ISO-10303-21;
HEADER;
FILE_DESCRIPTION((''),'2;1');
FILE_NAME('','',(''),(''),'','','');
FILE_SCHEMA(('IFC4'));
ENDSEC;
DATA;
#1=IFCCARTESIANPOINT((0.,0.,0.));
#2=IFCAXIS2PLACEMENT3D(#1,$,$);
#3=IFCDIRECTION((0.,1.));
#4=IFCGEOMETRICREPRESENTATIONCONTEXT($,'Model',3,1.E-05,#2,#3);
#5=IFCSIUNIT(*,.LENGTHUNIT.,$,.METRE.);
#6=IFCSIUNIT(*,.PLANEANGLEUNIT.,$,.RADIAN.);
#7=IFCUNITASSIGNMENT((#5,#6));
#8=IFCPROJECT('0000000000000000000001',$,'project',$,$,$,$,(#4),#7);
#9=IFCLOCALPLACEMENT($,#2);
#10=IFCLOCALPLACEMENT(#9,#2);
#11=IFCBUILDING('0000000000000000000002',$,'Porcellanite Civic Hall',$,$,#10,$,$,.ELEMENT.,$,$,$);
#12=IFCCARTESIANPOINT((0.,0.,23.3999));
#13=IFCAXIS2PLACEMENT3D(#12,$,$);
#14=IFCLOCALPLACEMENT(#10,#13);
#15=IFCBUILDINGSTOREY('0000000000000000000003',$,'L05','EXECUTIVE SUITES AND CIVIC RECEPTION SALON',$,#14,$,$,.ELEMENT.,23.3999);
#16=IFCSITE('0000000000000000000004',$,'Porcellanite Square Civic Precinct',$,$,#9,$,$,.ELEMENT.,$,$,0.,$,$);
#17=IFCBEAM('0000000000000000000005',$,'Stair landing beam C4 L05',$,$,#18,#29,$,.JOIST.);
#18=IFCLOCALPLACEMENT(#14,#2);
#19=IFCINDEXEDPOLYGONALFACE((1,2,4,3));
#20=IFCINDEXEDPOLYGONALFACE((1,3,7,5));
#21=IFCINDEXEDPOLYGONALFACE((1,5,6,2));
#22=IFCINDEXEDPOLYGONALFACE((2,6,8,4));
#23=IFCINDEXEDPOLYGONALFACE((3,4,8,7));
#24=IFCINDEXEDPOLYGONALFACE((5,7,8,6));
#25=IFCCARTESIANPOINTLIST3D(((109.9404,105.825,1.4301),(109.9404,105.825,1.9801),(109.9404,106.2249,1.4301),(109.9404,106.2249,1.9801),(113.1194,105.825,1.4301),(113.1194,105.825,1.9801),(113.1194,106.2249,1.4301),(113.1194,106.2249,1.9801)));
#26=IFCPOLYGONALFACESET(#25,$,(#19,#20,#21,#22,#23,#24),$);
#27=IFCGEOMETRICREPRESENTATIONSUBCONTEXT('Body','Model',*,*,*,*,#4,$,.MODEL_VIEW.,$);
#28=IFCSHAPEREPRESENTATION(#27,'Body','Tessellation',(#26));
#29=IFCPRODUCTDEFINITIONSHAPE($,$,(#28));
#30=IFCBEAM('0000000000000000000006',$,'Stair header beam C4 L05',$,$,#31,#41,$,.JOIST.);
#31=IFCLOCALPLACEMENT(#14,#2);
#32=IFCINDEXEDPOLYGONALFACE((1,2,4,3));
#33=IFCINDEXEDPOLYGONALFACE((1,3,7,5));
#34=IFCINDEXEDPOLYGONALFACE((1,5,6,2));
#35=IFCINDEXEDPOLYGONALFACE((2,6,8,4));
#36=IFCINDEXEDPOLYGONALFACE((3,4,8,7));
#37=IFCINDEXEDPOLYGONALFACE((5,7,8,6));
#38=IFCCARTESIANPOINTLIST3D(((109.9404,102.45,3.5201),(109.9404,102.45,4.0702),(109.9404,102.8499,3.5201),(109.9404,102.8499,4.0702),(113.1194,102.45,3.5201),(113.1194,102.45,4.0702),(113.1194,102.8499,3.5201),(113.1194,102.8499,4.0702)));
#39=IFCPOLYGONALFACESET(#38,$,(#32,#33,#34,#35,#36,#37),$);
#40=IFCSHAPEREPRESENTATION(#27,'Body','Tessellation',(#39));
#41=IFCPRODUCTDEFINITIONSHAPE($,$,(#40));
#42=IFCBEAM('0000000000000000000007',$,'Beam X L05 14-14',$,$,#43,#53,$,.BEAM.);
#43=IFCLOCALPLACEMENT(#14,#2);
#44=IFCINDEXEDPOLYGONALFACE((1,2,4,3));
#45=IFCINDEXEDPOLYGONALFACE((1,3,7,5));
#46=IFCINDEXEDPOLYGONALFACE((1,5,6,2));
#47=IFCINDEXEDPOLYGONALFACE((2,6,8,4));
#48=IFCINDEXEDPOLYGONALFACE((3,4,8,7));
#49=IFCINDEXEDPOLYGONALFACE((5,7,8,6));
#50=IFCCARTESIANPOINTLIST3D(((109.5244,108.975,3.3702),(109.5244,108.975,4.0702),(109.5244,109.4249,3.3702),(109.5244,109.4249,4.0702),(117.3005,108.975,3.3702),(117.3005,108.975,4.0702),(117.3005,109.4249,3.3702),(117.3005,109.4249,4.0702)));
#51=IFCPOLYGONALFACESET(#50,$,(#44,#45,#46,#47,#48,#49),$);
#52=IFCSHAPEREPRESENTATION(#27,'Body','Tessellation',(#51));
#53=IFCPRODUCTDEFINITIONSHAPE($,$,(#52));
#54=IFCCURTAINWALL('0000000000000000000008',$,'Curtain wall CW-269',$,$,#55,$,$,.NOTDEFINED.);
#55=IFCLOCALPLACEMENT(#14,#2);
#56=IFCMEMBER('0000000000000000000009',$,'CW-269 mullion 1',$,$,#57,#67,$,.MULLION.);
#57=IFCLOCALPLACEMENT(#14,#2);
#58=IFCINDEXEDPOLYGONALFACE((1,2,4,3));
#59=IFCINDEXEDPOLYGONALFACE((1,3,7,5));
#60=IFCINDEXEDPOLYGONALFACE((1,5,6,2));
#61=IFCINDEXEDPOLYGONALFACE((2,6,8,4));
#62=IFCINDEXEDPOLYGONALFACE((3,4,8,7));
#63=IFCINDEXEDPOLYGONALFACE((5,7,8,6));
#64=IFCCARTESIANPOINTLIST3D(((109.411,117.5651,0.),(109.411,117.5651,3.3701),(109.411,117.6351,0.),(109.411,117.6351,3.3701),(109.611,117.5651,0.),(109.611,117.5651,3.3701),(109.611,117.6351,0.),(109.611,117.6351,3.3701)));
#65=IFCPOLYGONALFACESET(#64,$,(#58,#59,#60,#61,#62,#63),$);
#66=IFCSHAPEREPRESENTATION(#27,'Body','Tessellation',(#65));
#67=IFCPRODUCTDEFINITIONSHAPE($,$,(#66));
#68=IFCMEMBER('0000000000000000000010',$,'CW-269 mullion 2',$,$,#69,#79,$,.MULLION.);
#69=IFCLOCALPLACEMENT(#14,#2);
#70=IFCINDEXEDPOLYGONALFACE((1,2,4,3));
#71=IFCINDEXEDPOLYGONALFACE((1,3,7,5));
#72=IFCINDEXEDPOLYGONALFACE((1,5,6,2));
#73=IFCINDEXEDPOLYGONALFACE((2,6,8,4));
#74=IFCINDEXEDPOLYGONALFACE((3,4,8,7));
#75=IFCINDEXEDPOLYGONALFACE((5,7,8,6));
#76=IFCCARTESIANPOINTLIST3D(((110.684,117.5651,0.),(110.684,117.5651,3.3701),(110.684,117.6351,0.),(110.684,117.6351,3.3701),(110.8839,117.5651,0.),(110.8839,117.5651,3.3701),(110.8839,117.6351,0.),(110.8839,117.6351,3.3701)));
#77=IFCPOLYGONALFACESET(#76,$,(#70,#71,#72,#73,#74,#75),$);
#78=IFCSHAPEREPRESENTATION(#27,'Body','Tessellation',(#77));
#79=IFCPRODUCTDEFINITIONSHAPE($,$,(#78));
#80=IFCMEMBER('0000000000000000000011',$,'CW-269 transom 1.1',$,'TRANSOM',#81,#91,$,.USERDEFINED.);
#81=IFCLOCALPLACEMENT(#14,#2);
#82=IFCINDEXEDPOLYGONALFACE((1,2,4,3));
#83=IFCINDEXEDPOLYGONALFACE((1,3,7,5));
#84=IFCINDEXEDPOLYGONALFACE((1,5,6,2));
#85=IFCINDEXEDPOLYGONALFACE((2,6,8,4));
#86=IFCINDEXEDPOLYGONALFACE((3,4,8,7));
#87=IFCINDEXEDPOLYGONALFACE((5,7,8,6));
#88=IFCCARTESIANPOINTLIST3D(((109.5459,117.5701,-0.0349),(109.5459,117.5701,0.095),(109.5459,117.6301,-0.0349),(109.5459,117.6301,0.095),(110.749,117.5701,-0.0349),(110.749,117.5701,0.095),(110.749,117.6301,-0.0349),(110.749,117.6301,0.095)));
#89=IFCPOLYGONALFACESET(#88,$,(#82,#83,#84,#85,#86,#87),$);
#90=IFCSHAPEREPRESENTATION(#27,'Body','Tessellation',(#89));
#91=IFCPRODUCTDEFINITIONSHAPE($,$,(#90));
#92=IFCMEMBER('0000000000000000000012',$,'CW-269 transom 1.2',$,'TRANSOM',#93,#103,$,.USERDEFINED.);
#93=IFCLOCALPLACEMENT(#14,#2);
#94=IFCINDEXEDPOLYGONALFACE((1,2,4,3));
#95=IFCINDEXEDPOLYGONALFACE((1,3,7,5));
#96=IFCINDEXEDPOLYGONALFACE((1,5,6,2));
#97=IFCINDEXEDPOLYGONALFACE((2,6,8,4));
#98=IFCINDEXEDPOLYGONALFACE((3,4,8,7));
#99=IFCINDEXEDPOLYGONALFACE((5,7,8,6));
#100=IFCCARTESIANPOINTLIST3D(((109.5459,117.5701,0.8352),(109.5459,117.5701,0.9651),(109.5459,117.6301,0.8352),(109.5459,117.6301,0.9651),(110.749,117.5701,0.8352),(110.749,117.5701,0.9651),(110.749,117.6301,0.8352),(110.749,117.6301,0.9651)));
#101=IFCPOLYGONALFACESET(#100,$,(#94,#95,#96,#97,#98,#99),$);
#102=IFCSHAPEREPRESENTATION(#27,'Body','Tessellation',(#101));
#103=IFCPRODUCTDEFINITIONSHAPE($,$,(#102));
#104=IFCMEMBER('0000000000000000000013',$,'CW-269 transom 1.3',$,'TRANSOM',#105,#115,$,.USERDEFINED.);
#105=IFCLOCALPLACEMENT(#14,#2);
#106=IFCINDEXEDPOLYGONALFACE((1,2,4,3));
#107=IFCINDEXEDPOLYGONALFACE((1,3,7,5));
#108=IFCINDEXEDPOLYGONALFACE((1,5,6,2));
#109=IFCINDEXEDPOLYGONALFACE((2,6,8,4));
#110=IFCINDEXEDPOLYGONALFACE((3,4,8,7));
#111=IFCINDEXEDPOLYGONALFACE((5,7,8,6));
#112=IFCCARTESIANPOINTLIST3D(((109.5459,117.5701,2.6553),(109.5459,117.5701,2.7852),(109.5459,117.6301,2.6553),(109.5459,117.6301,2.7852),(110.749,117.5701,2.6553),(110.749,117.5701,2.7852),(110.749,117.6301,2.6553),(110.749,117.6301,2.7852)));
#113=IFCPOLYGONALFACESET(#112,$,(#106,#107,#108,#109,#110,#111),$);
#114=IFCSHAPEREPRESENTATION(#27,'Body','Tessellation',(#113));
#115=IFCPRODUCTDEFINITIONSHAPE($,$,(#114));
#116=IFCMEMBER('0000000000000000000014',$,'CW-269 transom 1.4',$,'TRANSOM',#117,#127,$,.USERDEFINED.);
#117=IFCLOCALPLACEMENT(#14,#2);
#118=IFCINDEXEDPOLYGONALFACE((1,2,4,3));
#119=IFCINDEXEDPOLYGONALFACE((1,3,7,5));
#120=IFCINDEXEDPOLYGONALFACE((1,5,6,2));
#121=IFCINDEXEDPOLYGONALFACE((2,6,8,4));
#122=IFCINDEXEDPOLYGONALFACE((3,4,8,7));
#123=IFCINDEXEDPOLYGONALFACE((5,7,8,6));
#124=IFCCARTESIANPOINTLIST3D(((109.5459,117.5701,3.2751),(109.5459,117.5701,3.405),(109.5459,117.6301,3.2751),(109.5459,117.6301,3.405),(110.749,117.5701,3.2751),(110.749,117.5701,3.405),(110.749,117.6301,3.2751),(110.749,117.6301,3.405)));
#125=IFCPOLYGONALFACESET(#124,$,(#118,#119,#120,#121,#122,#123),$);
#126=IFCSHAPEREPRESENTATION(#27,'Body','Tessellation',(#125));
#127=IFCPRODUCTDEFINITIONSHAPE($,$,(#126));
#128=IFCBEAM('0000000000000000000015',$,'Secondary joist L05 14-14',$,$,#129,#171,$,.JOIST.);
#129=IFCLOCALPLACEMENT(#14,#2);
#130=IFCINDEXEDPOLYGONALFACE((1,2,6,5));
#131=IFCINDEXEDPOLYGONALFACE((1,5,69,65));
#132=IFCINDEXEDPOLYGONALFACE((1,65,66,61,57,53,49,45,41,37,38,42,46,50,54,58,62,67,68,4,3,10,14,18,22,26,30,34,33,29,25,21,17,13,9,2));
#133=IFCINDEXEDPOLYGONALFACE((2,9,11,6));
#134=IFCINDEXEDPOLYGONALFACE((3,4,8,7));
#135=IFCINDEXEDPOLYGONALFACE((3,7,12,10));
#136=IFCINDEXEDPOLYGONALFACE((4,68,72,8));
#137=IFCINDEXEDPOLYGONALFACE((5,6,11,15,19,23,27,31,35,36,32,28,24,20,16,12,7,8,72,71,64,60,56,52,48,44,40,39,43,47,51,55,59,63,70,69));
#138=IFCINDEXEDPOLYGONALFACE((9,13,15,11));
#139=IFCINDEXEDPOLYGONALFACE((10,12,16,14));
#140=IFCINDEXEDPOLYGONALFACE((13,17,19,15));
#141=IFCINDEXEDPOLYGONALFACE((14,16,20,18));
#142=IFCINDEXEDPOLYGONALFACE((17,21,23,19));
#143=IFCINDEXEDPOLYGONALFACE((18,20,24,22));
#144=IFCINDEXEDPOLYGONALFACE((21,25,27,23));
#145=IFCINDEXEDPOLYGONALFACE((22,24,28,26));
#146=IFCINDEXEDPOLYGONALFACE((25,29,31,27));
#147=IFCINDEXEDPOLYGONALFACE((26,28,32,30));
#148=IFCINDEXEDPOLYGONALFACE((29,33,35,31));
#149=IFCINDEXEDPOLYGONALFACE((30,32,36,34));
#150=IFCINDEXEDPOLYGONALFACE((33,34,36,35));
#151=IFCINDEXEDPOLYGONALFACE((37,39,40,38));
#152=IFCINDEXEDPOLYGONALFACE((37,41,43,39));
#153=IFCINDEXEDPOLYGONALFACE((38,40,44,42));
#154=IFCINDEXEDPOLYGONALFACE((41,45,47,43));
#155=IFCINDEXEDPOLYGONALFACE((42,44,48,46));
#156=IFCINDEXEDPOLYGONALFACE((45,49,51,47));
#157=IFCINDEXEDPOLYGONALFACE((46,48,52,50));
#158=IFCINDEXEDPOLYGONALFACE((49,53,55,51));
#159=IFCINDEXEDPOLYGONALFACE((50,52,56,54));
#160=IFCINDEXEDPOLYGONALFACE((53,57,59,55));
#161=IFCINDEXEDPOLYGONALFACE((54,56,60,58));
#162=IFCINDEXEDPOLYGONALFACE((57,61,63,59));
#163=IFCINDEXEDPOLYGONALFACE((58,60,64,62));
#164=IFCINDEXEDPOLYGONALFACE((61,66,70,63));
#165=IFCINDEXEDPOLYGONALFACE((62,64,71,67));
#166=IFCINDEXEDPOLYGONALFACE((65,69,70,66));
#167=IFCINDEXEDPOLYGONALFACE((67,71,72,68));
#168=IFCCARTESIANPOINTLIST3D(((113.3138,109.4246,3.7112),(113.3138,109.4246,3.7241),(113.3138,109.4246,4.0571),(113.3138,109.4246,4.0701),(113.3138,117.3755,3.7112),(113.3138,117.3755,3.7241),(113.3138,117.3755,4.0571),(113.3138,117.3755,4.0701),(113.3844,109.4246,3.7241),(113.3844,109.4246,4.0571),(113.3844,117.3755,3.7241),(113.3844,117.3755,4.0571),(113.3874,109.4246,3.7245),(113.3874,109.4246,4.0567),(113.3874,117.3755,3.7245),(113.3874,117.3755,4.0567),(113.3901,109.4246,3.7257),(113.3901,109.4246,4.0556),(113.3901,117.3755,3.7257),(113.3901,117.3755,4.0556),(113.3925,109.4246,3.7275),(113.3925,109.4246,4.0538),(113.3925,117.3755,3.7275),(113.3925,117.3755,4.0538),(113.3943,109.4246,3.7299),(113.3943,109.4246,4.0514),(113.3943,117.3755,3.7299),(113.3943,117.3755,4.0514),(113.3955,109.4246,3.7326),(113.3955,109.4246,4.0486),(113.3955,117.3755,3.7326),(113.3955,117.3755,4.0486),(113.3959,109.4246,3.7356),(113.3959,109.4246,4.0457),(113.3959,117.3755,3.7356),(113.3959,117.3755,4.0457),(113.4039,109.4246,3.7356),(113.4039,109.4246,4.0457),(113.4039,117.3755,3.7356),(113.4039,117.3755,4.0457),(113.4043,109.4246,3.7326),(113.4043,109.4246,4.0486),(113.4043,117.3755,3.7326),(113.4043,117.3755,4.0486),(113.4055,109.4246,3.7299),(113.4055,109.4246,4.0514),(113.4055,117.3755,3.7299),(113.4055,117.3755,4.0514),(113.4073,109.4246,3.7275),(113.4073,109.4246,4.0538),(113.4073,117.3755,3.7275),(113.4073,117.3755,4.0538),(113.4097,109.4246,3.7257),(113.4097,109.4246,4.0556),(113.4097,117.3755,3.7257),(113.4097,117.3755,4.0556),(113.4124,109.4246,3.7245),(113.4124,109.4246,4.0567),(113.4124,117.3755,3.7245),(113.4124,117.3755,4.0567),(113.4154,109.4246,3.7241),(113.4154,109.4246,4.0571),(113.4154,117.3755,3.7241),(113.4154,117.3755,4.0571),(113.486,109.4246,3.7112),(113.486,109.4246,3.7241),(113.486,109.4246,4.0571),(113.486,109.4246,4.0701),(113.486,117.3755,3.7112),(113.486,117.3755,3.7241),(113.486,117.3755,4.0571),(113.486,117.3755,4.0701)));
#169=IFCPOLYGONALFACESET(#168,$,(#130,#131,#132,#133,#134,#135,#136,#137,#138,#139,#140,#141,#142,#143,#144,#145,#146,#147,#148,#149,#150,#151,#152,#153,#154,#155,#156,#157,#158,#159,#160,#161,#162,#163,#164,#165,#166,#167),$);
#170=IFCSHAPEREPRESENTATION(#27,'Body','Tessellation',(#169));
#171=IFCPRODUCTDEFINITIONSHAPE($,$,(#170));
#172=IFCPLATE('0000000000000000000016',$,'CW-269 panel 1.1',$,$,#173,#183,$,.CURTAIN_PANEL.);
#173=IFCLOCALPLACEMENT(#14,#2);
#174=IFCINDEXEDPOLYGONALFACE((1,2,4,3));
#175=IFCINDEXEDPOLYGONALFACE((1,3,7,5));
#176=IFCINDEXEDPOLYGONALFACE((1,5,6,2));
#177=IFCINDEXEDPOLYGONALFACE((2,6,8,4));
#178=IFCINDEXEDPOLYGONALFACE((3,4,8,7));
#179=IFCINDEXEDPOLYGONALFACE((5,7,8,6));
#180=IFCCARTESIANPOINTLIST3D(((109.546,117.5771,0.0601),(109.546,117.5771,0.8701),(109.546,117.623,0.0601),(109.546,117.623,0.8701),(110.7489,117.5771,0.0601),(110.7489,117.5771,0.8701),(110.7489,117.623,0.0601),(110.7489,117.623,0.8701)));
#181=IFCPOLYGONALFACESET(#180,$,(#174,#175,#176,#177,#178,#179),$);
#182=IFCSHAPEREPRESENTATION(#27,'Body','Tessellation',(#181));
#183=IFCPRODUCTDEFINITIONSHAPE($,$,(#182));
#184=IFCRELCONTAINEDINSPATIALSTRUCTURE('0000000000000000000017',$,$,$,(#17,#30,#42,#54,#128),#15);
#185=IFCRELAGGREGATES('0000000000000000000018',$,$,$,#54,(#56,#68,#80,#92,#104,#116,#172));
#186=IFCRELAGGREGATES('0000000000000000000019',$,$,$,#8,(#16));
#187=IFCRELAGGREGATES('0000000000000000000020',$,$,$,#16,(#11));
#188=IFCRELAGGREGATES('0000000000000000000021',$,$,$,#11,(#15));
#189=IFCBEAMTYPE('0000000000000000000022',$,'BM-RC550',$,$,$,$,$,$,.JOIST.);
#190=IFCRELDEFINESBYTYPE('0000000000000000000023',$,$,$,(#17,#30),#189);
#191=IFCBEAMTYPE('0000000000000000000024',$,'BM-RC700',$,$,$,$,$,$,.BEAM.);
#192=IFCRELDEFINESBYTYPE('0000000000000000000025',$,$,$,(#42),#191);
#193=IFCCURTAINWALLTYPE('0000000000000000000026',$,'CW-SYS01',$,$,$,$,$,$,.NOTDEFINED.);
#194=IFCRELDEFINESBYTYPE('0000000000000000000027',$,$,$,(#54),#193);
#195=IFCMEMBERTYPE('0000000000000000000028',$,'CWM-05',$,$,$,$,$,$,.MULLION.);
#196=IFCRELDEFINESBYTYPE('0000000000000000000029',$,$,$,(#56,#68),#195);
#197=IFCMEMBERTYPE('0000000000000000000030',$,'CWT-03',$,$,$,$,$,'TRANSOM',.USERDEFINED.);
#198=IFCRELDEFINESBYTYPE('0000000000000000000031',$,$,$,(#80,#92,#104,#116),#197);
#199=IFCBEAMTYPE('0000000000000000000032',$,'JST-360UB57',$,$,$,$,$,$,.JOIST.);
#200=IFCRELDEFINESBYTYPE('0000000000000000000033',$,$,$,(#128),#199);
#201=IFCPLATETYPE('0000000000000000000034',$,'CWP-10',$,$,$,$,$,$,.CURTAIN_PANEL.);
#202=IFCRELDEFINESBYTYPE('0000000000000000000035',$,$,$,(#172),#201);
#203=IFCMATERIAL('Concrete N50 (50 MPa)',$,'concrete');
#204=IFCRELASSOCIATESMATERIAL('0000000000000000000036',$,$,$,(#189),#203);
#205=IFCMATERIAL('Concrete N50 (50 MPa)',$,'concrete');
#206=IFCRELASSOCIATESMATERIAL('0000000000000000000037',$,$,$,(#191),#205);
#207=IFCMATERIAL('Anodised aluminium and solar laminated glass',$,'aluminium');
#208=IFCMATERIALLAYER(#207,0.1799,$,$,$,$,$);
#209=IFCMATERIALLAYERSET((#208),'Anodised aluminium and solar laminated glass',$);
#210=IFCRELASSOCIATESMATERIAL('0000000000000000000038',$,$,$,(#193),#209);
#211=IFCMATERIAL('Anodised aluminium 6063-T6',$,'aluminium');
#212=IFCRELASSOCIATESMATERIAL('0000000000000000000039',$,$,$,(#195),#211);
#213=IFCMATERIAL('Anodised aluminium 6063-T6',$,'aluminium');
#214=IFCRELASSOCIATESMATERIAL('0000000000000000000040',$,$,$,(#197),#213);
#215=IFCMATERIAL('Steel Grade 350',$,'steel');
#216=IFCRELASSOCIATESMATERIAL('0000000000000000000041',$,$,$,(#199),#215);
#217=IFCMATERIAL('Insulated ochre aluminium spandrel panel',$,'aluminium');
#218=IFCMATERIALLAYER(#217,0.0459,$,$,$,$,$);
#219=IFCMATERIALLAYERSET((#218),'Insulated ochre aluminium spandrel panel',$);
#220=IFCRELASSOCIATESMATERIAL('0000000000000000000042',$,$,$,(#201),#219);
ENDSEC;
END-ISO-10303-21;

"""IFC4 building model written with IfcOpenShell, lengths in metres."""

from ifc_helpers import new_model, si_unit, direction, frame, origin, origin_2d, place, context, subcontext, project, spatial, rectangle, i_section, extrude, material, layer, layer_set, material_profile, profile_set, type_object, element, aggregate, save


model = new_model("IFC4")

# Units and contexts
model_context = context("Model", 3, precision=1e-05, world=origin(), true_north=direction((0.0, 1.0)))
body_context = subcontext(model_context, "Body", "Model", "MODEL_VIEW")
ifc_project = project(units=[si_unit("LENGTHUNIT", "METRE"), si_unit("PLANEANGLEUNIT", "RADIAN")], contexts=[model_context])

# Site, building, storey
site_placement = place(None, origin())
site = spatial("IfcSite", under=ifc_project, at=site_placement, Name="Porcellanite Square Civic Precinct", CompositionType="ELEMENT", RefElevation=0.0)
building_placement = place(site_placement, origin())
building = spatial("IfcBuilding", under=site, at=building_placement, Name="Porcellanite Civic Hall", CompositionType="ELEMENT")
storey_placement = place(building_placement, frame((0.0, 0.0, 23.3999)))
storey = spatial("IfcBuildingStorey", under=building, at=storey_placement, Name="L05", Description="EXECUTIVE SUITES AND CIVIC RECEPTION SALON", CompositionType="ELEMENT", Elevation=23.3999)

# Beams
ifc_material_1 = material(Name="Concrete N50 (50 MPa)", Category="concrete")
ifc_material_profile_1 = material_profile(ifc_material_1, rectangle(XDim=0.3999, YDim=0.55, at=origin_2d()), Name="RC-400x550")
ifc_profile_set_1 = profile_set([ifc_material_profile_1], Name="Concrete N50 (50 MPa)")
beam_type_1 = type_object("IfcBeamType", Name="BM-RC550", PredefinedType="JOIST", material=ifc_profile_set_1)
for number, where, z_axis, x_axis, name in (
    (1, (109.9404, 106.0249, 1.7051), (1.0, 0.0, 0.0), (0.0, 1.0, 0.0), "Stair landing beam C4 L05"),
    (2, (109.9404, 102.6499, 3.7952), (1.0, 0.0, 0.0), (0.0, 1.0, 0.0), "Stair header beam C4 L05"),
):
    element("IfcBeam", number, at=place(storey_placement, frame(where, z_axis=z_axis, x_axis=x_axis)), inside=storey, type_object=beam_type_1, Name=name, PredefinedType="JOIST", context=body_context, shape_type="SweptSolid", body=[
        extrude(rectangle(XDim=0.3999, YDim=0.55, at=origin_2d()), origin(), (0.0, 0.0, 1.0), 3.179),
    ])
ifc_material_2 = material(Name="Concrete N50 (50 MPa)", Category="concrete")
ifc_material_profile_2 = material_profile(ifc_material_2, rectangle(XDim=0.45, YDim=0.7, at=origin_2d()), Name="RC-450x700")
ifc_profile_set_2 = profile_set([ifc_material_profile_2], Name="Concrete N50 (50 MPa)")
beam_type_2 = type_object("IfcBeamType", Name="BM-RC700", PredefinedType="BEAM", material=ifc_profile_set_2)
beam_1_placement = place(storey_placement, frame((109.5244, 109.2, 3.7202), z_axis=(1.0, 0.0, 0.0), x_axis=(0.0, 1.0, 0.0)))
element("IfcBeam", 3, at=beam_1_placement, inside=storey, type_object=beam_type_2, Name="Beam X L05 14-14", PredefinedType="BEAM", context=body_context, shape_type="SweptSolid", body=[
    extrude(rectangle(XDim=0.45, YDim=0.7, at=origin_2d()), origin(), (0.0, 0.0, 1.0), 7.7761),
])

# Curtain wall, members
ifc_material_3 = material(Name="Anodised aluminium and solar laminated glass", Category="aluminium")
ifc_layer_1 = layer(ifc_material_3, 0.1799)
ifc_layer_set_1 = layer_set([ifc_layer_1], Name="Anodised aluminium and solar laminated glass")
curtain_wall_type = type_object("IfcCurtainWallType", Name="CW-SYS01", PredefinedType="NOTDEFINED", material=ifc_layer_set_1)
curtain_wall_placement = place(storey_placement, origin())
curtain_wall = element("IfcCurtainWall", 4, at=curtain_wall_placement, inside=storey, type_object=curtain_wall_type, Name="Curtain wall CW-269", PredefinedType="NOTDEFINED")
ifc_material_4 = material(Name="Anodised aluminium 6063-T6", Category="aluminium")
ifc_material_profile_3 = material_profile(ifc_material_4, rectangle(XDim=0.0701, YDim=0.2, at=origin_2d()), Name="AL-70x200")
ifc_profile_set_3 = profile_set([ifc_material_profile_3], Name="Anodised aluminium 6063-T6")
member_type_1 = type_object("IfcMemberType", Name="CWM-05", PredefinedType="MULLION", material=ifc_profile_set_3)
member_1_placement = place(storey_placement, frame((109.511, 117.6001, 0.0), z_axis=(0.0, 0.0, 1.0), x_axis=(0.0, 1.0, 0.0)))
member_1 = element("IfcMember", 5, at=member_1_placement, type_object=member_type_1, Name="CW-269 mullion 1", PredefinedType="MULLION", context=body_context, shape_type="SweptSolid", body=[
    extrude(rectangle(XDim=0.0701, YDim=0.2, at=origin_2d()), origin(), (0.0, 0.0, 1.0), 3.3701),
])
member_2_placement = place(storey_placement, frame((110.7839, 117.6001, 0.0), z_axis=(0.0, 0.0, 1.0), x_axis=(0.0, 1.0, 0.0)))
member_2 = element("IfcMember", 6, at=member_2_placement, type_object=member_type_1, Name="CW-269 mullion 2", PredefinedType="MULLION", context=body_context, shape_type="SweptSolid", body=[
    extrude(rectangle(XDim=0.0701, YDim=0.2, at=origin_2d()), origin(), (0.0, 0.0, 1.0), 3.3701),
])
ifc_material_5 = material(Name="Anodised aluminium 6063-T6", Category="aluminium")
ifc_material_profile_4 = material_profile(ifc_material_5, rectangle(XDim=0.0601, YDim=0.1299, at=origin_2d()), Name="AL-60x130")
ifc_profile_set_4 = profile_set([ifc_material_profile_4], Name="Anodised aluminium 6063-T6")
member_type_2 = type_object("IfcMemberType", Name="CWT-03", ElementType="TRANSOM", PredefinedType="USERDEFINED", material=ifc_profile_set_4)
member_3_placement = place(storey_placement, frame((109.5459, 117.6001, 0.03), z_axis=(1.0, 0.0, 0.0), x_axis=(0.0, 1.0, 0.0)))
member_3 = element("IfcMember", 7, at=member_3_placement, type_object=member_type_2, Name="CW-269 transom 1.1", ObjectType="TRANSOM", PredefinedType="USERDEFINED", context=body_context, shape_type="SweptSolid", body=[
    extrude(rectangle(XDim=0.0601, YDim=0.1299, at=origin_2d()), origin(), (0.0, 0.0, 1.0), 1.2031),
])
member_4_placement = place(storey_placement, frame((109.5459, 117.6001, 0.9001), z_axis=(1.0, 0.0, 0.0), x_axis=(0.0, 1.0, 0.0)))
member_4 = element("IfcMember", 8, at=member_4_placement, type_object=member_type_2, Name="CW-269 transom 1.2", ObjectType="TRANSOM", PredefinedType="USERDEFINED", context=body_context, shape_type="SweptSolid", body=[
    extrude(rectangle(XDim=0.0601, YDim=0.1299, at=origin_2d()), origin(), (0.0, 0.0, 1.0), 1.2031),
])
member_5_placement = place(storey_placement, frame((109.5459, 117.6001, 2.7202), z_axis=(1.0, 0.0, 0.0), x_axis=(0.0, 1.0, 0.0)))
member_5 = element("IfcMember", 9, at=member_5_placement, type_object=member_type_2, Name="CW-269 transom 1.3", ObjectType="TRANSOM", PredefinedType="USERDEFINED", context=body_context, shape_type="SweptSolid", body=[
    extrude(rectangle(XDim=0.0601, YDim=0.1299, at=origin_2d()), origin(), (0.0, 0.0, 1.0), 1.2031),
])
member_6_placement = place(storey_placement, frame((109.5459, 117.6001, 3.3401), z_axis=(1.0, 0.0, 0.0), x_axis=(0.0, 1.0, 0.0)))
member_6 = element("IfcMember", 10, at=member_6_placement, type_object=member_type_2, Name="CW-269 transom 1.4", ObjectType="TRANSOM", PredefinedType="USERDEFINED", context=body_context, shape_type="SweptSolid", body=[
    extrude(rectangle(XDim=0.0601, YDim=0.1299, at=origin_2d()), origin(), (0.0, 0.0, 1.0), 1.2031),
])

# Beam
ifc_material_6 = material(Name="Steel Grade 350", Category="steel")
ifc_material_profile_5 = material_profile(ifc_material_6, i_section(OverallWidth=0.1721, OverallDepth=0.3589, WebThickness=0.0081, FlangeThickness=0.0129, FilletRadius=0.0115, at=origin_2d()), Name="360UB56.7")
ifc_profile_set_5 = profile_set([ifc_material_profile_5], Name="Steel Grade 350")
beam_type_3 = type_object("IfcBeamType", Name="JST-360UB57", PredefinedType="JOIST", material=ifc_profile_set_5)
beam_2_placement = place(storey_placement, frame((113.3999, 109.4246, 3.8906), z_axis=(0.0, 1.0, 0.0), x_axis=(-1.0, 0.0, 0.0)))
element("IfcBeam", 11, at=beam_2_placement, inside=storey, type_object=beam_type_3, Name="Secondary joist L05 14-14", PredefinedType="JOIST", context=body_context, shape_type="SweptSolid", body=[
    extrude(i_section(OverallWidth=0.1721, OverallDepth=0.3589, WebThickness=0.0081, FlangeThickness=0.0129, FilletRadius=0.0115, at=origin_2d()), origin(), (0.0, 0.0, 1.0), 7.9509),
])

# Plate
ifc_material_7 = material(Name="Insulated ochre aluminium spandrel panel", Category="aluminium")
ifc_layer_2 = layer(ifc_material_7, 0.0459)
ifc_layer_set_2 = layer_set([ifc_layer_2], Name="Insulated ochre aluminium spandrel panel")
plate_type = type_object("IfcPlateType", Name="CWP-10", PredefinedType="CURTAIN_PANEL", material=ifc_layer_set_2)
plate_1_placement = place(storey_placement, frame((110.1475, 117.6001, 0.0601), z_axis=(0.0, 0.0, 1.0), x_axis=(1.0, 0.0, 0.0)))
plate_1 = element("IfcPlate", 12, at=plate_1_placement, type_object=plate_type, Name="CW-269 panel 1.1", PredefinedType="CURTAIN_PANEL", context=body_context, shape_type="SweptSolid", body=[
    extrude(rectangle(XDim=1.2029, YDim=0.0459, at=origin_2d()), origin(), (0.0, 0.0, 1.0), 0.8101),
])
aggregate(curtain_wall, [member_1, member_2, member_3, member_4, member_5, member_6, plate_1])

save(model, "model.ifc")
